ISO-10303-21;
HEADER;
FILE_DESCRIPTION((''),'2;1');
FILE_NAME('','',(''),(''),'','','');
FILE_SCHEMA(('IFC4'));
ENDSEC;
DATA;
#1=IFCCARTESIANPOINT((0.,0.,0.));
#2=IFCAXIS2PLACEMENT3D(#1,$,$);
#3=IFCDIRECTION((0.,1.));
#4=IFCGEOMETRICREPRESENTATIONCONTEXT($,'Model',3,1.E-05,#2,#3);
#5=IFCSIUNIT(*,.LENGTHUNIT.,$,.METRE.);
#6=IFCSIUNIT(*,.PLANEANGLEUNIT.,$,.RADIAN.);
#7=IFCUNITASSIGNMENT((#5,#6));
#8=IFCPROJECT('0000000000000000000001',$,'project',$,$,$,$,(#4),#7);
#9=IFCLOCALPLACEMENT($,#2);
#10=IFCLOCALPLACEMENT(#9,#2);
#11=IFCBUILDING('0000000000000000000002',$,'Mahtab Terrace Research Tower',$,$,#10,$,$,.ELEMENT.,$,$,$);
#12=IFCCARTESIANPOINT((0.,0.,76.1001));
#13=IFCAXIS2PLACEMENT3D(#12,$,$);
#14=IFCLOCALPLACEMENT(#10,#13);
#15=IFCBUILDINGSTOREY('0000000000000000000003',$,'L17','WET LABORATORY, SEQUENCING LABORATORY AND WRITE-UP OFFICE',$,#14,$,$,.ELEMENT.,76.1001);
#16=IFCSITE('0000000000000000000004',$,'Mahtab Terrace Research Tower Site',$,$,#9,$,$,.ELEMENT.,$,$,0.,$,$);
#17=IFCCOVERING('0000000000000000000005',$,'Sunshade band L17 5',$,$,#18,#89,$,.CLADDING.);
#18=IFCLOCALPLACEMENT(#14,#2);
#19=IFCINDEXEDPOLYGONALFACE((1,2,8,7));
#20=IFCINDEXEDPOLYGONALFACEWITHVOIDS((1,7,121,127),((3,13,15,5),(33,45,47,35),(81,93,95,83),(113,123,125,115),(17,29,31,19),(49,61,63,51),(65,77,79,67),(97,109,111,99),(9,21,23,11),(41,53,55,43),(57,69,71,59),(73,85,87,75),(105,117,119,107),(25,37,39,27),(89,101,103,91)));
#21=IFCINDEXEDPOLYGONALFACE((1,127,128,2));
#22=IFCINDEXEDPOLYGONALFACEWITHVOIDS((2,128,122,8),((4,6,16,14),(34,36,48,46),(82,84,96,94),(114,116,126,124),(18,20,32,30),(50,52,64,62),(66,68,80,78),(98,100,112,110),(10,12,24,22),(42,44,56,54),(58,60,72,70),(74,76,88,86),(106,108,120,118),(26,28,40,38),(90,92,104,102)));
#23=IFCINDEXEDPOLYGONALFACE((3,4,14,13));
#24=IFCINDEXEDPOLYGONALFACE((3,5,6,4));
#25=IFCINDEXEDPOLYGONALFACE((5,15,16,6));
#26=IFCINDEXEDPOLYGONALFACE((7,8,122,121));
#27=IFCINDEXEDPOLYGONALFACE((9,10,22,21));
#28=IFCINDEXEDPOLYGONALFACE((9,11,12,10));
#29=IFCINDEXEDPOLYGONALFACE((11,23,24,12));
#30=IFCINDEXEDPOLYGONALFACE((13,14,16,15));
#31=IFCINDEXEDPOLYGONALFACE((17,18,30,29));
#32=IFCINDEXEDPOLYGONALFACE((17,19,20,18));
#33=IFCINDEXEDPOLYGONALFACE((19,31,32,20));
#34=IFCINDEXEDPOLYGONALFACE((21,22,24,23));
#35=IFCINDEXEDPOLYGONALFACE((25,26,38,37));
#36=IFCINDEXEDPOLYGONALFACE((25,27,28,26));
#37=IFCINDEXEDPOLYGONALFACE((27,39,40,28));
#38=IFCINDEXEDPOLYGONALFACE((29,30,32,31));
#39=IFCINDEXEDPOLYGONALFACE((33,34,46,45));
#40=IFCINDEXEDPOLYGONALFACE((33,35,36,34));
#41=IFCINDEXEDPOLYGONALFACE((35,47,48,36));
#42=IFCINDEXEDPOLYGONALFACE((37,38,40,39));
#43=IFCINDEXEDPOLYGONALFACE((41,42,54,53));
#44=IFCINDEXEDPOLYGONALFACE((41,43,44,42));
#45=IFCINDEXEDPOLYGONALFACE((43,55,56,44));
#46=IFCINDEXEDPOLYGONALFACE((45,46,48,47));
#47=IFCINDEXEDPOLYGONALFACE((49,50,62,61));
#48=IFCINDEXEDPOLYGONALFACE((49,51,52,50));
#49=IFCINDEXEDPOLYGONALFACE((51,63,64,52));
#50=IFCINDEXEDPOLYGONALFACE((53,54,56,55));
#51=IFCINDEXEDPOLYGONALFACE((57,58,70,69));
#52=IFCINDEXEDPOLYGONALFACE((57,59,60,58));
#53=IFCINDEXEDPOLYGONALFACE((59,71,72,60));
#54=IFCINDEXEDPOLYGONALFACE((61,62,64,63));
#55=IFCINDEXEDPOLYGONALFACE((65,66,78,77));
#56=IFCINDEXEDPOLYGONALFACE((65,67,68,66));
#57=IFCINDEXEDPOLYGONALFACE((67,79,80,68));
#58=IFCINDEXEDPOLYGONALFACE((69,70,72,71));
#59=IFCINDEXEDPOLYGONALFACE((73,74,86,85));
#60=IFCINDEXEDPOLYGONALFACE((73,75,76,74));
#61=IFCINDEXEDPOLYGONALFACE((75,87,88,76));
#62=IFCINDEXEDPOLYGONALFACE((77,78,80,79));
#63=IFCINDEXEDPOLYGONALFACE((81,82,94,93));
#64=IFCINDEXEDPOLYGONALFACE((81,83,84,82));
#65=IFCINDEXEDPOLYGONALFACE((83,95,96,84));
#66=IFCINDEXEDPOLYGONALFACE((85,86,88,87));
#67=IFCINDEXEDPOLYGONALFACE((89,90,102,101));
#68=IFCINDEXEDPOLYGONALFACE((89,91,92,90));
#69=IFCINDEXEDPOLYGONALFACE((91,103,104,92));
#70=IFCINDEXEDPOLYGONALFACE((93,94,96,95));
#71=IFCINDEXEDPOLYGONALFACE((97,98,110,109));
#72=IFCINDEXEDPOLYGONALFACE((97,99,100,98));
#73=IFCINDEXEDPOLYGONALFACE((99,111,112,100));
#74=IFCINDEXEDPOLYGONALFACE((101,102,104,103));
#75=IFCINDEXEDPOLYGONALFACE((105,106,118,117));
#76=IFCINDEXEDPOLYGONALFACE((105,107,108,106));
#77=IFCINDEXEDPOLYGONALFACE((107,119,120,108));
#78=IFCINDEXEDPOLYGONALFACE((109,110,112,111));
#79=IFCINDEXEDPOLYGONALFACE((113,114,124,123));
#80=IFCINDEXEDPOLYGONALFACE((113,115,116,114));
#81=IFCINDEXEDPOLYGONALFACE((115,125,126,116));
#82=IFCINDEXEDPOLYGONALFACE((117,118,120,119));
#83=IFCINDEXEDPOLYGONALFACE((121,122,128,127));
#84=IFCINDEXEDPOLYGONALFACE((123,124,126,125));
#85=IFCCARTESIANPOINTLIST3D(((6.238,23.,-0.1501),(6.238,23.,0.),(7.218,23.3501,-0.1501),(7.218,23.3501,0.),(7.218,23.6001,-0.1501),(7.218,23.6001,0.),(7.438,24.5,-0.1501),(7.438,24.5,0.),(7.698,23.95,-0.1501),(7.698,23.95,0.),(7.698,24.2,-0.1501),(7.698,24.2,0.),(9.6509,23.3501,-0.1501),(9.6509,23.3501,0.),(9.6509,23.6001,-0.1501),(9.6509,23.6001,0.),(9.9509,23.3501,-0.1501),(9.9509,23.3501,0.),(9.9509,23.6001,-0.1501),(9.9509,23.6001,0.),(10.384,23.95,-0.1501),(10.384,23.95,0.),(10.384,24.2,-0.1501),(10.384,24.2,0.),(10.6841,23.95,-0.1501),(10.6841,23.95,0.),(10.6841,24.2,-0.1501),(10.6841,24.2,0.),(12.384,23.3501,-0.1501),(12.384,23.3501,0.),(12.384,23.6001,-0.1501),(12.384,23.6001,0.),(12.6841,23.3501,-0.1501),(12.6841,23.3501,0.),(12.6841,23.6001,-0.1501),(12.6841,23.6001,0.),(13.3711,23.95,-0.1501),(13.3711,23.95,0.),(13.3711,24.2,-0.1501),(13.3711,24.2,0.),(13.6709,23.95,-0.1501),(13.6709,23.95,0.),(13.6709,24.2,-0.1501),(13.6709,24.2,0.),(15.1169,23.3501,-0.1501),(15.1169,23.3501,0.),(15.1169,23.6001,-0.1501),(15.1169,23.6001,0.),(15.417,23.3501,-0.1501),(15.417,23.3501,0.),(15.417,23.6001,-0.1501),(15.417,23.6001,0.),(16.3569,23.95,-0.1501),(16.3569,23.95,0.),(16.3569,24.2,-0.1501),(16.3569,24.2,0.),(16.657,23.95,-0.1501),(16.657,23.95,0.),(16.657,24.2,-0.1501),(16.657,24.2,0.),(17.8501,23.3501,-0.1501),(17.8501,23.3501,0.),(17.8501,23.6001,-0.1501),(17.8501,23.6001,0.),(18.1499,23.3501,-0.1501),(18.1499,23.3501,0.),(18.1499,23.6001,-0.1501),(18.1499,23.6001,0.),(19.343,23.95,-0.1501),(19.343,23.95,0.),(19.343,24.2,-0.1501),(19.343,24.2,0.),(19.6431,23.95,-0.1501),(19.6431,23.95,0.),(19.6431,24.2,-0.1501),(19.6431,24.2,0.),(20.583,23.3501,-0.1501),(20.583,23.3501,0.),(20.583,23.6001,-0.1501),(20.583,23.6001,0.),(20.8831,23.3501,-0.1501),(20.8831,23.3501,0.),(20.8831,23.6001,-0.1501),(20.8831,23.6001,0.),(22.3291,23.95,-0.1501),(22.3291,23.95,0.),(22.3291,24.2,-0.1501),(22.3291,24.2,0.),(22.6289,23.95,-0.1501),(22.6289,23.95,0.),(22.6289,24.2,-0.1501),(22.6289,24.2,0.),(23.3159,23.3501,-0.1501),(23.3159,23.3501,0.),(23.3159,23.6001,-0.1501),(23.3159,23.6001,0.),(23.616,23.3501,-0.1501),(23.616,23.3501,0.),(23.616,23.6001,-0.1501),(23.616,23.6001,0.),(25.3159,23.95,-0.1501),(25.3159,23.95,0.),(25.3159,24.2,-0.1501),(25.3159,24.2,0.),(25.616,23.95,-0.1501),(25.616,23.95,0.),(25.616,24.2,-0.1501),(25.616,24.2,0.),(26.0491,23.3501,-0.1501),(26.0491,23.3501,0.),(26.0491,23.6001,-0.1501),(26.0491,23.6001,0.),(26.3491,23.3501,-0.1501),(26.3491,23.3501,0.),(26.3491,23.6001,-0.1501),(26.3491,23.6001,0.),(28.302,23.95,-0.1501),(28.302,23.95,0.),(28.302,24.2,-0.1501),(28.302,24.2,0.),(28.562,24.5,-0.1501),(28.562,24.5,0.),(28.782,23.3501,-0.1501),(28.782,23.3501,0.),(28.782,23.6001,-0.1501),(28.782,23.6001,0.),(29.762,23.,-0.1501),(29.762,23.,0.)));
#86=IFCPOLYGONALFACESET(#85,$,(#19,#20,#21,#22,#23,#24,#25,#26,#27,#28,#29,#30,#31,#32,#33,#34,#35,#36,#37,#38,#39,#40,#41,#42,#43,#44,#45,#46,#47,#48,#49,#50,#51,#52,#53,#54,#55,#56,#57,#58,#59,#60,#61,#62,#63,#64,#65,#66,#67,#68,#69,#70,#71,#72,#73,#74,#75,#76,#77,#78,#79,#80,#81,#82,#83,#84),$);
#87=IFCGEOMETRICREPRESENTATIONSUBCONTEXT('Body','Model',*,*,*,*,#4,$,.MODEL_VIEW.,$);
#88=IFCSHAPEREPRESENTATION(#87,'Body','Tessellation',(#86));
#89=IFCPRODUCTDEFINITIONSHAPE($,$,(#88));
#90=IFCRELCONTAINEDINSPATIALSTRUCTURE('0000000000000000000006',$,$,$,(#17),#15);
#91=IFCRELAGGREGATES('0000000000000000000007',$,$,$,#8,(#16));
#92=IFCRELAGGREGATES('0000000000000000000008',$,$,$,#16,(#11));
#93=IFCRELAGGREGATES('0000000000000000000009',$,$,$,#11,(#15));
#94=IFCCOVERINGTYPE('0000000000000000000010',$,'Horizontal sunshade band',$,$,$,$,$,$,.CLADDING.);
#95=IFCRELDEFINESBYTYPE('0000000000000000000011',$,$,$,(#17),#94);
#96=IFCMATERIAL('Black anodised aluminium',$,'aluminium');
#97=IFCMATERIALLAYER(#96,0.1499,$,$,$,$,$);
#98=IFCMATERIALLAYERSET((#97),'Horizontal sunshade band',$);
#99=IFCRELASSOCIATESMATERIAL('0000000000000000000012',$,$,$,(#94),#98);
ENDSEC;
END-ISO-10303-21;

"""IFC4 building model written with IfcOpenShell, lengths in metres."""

from ifc_helpers import new_model, si_unit, direction, frame, origin, place, context, subcontext, project, spatial, polyline, outline, extrude, material, layer, layer_set, type_object, element, save


model = new_model("IFC4")

# Units and contexts
model_context = context("Model", 3, precision=1e-05, world=origin(), true_north=direction((0.0, 1.0)))
body_context = subcontext(model_context, "Body", "Model", "MODEL_VIEW")
ifc_project = project(units=[si_unit("LENGTHUNIT", "METRE"), si_unit("PLANEANGLEUNIT", "RADIAN")], contexts=[model_context])

# Site, building, storey
site_placement = place(None, origin())
site = spatial("IfcSite", under=ifc_project, at=site_placement, Name="Mahtab Terrace Research Tower Site", CompositionType="ELEMENT", RefElevation=0.0)
building_placement = place(site_placement, origin())
building = spatial("IfcBuilding", under=site, at=building_placement, Name="Mahtab Terrace Research Tower", CompositionType="ELEMENT")
storey_placement = place(building_placement, frame((0.0, 0.0, 76.1001)))
storey = spatial("IfcBuildingStorey", under=building, at=storey_placement, Name="L17", Description="WET LABORATORY, SEQUENCING LABORATORY AND WRITE-UP OFFICE", CompositionType="ELEMENT", Elevation=76.1001)

# Covering
ifc_material_1 = material(Name="Black anodised aluminium", Category="aluminium")
ifc_layer_1 = layer(ifc_material_1, 0.1499)
ifc_layer_set_1 = layer_set([ifc_layer_1], Name="Horizontal sunshade band")
covering_type = type_object("IfcCoveringType", Name="Horizontal sunshade band", PredefinedType="CLADDING", material=ifc_layer_set_1)
covering_placement = place(storey_placement, frame((0.0, 0.0, -0.1501)))
element("IfcCovering", 1, at=covering_placement, inside=storey, type_object=covering_type, Name="Sunshade band L17 5", PredefinedType="CLADDING", context=body_context, shape_type="SweptSolid", body=[
    extrude(outline(polyline([(29.762, 23.0), (6.238, 23.0), (7.438, 24.5), (28.562, 24.5), (29.762, 23.0)]), holes=[polyline([(28.782, 23.3501), (26.3491, 23.3501), (26.3491, 23.6001), (28.782, 23.6001), (28.782, 23.3501)]), polyline([(26.0491, 23.3501), (23.616, 23.3501), (23.616, 23.6001), (26.0491, 23.6001), (26.0491, 23.3501)]), polyline([(23.3159, 23.3501), (20.8831, 23.3501), (20.8831, 23.6001), (23.3159, 23.6001), (23.3159, 23.3501)]), polyline([(20.583, 23.3501), (18.1499, 23.3501), (18.1499, 23.6001), (20.583, 23.6001), (20.583, 23.3501)]), polyline([(17.8501, 23.3501), (15.417, 23.3501), (15.417, 23.6001), (17.8501, 23.6001), (17.8501, 23.3501)]), polyline([(15.1169, 23.3501), (12.6841, 23.3501), (12.6841, 23.6001), (15.1169, 23.6001), (15.1169, 23.3501)]), polyline([(12.384, 23.3501), (9.9509, 23.3501), (9.9509, 23.6001), (12.384, 23.6001), (12.384, 23.3501)]), polyline([(9.6509, 23.3501), (7.218, 23.3501), (7.218, 23.6001), (9.6509, 23.6001), (9.6509, 23.3501)]), polyline([(28.302, 23.95), (25.616, 23.95), (25.616, 24.2), (28.302, 24.2), (28.302, 23.95)]), polyline([(25.3159, 23.95), (22.6289, 23.95), (22.6289, 24.2), (25.3159, 24.2), (25.3159, 23.95)]), polyline([(22.3291, 23.95), (19.6431, 23.95), (19.6431, 24.2), (22.3291, 24.2), (22.3291, 23.95)]), polyline([(19.343, 23.95), (16.657, 23.95), (16.657, 24.2), (19.343, 24.2), (19.343, 23.95)]), polyline([(16.3569, 23.95), (13.6709, 23.95), (13.6709, 24.2), (16.3569, 24.2), (16.3569, 23.95)]), polyline([(13.3711, 23.95), (10.6841, 23.95), (10.6841, 24.2), (13.3711, 24.2), (13.3711, 23.95)]), polyline([(10.384, 23.95), (7.698, 23.95), (7.698, 24.2), (10.384, 24.2), (10.384, 23.95)])]), origin(), (0.0, 0.0, 1.0), 0.1501),
])

save(model, "model.ifc")
